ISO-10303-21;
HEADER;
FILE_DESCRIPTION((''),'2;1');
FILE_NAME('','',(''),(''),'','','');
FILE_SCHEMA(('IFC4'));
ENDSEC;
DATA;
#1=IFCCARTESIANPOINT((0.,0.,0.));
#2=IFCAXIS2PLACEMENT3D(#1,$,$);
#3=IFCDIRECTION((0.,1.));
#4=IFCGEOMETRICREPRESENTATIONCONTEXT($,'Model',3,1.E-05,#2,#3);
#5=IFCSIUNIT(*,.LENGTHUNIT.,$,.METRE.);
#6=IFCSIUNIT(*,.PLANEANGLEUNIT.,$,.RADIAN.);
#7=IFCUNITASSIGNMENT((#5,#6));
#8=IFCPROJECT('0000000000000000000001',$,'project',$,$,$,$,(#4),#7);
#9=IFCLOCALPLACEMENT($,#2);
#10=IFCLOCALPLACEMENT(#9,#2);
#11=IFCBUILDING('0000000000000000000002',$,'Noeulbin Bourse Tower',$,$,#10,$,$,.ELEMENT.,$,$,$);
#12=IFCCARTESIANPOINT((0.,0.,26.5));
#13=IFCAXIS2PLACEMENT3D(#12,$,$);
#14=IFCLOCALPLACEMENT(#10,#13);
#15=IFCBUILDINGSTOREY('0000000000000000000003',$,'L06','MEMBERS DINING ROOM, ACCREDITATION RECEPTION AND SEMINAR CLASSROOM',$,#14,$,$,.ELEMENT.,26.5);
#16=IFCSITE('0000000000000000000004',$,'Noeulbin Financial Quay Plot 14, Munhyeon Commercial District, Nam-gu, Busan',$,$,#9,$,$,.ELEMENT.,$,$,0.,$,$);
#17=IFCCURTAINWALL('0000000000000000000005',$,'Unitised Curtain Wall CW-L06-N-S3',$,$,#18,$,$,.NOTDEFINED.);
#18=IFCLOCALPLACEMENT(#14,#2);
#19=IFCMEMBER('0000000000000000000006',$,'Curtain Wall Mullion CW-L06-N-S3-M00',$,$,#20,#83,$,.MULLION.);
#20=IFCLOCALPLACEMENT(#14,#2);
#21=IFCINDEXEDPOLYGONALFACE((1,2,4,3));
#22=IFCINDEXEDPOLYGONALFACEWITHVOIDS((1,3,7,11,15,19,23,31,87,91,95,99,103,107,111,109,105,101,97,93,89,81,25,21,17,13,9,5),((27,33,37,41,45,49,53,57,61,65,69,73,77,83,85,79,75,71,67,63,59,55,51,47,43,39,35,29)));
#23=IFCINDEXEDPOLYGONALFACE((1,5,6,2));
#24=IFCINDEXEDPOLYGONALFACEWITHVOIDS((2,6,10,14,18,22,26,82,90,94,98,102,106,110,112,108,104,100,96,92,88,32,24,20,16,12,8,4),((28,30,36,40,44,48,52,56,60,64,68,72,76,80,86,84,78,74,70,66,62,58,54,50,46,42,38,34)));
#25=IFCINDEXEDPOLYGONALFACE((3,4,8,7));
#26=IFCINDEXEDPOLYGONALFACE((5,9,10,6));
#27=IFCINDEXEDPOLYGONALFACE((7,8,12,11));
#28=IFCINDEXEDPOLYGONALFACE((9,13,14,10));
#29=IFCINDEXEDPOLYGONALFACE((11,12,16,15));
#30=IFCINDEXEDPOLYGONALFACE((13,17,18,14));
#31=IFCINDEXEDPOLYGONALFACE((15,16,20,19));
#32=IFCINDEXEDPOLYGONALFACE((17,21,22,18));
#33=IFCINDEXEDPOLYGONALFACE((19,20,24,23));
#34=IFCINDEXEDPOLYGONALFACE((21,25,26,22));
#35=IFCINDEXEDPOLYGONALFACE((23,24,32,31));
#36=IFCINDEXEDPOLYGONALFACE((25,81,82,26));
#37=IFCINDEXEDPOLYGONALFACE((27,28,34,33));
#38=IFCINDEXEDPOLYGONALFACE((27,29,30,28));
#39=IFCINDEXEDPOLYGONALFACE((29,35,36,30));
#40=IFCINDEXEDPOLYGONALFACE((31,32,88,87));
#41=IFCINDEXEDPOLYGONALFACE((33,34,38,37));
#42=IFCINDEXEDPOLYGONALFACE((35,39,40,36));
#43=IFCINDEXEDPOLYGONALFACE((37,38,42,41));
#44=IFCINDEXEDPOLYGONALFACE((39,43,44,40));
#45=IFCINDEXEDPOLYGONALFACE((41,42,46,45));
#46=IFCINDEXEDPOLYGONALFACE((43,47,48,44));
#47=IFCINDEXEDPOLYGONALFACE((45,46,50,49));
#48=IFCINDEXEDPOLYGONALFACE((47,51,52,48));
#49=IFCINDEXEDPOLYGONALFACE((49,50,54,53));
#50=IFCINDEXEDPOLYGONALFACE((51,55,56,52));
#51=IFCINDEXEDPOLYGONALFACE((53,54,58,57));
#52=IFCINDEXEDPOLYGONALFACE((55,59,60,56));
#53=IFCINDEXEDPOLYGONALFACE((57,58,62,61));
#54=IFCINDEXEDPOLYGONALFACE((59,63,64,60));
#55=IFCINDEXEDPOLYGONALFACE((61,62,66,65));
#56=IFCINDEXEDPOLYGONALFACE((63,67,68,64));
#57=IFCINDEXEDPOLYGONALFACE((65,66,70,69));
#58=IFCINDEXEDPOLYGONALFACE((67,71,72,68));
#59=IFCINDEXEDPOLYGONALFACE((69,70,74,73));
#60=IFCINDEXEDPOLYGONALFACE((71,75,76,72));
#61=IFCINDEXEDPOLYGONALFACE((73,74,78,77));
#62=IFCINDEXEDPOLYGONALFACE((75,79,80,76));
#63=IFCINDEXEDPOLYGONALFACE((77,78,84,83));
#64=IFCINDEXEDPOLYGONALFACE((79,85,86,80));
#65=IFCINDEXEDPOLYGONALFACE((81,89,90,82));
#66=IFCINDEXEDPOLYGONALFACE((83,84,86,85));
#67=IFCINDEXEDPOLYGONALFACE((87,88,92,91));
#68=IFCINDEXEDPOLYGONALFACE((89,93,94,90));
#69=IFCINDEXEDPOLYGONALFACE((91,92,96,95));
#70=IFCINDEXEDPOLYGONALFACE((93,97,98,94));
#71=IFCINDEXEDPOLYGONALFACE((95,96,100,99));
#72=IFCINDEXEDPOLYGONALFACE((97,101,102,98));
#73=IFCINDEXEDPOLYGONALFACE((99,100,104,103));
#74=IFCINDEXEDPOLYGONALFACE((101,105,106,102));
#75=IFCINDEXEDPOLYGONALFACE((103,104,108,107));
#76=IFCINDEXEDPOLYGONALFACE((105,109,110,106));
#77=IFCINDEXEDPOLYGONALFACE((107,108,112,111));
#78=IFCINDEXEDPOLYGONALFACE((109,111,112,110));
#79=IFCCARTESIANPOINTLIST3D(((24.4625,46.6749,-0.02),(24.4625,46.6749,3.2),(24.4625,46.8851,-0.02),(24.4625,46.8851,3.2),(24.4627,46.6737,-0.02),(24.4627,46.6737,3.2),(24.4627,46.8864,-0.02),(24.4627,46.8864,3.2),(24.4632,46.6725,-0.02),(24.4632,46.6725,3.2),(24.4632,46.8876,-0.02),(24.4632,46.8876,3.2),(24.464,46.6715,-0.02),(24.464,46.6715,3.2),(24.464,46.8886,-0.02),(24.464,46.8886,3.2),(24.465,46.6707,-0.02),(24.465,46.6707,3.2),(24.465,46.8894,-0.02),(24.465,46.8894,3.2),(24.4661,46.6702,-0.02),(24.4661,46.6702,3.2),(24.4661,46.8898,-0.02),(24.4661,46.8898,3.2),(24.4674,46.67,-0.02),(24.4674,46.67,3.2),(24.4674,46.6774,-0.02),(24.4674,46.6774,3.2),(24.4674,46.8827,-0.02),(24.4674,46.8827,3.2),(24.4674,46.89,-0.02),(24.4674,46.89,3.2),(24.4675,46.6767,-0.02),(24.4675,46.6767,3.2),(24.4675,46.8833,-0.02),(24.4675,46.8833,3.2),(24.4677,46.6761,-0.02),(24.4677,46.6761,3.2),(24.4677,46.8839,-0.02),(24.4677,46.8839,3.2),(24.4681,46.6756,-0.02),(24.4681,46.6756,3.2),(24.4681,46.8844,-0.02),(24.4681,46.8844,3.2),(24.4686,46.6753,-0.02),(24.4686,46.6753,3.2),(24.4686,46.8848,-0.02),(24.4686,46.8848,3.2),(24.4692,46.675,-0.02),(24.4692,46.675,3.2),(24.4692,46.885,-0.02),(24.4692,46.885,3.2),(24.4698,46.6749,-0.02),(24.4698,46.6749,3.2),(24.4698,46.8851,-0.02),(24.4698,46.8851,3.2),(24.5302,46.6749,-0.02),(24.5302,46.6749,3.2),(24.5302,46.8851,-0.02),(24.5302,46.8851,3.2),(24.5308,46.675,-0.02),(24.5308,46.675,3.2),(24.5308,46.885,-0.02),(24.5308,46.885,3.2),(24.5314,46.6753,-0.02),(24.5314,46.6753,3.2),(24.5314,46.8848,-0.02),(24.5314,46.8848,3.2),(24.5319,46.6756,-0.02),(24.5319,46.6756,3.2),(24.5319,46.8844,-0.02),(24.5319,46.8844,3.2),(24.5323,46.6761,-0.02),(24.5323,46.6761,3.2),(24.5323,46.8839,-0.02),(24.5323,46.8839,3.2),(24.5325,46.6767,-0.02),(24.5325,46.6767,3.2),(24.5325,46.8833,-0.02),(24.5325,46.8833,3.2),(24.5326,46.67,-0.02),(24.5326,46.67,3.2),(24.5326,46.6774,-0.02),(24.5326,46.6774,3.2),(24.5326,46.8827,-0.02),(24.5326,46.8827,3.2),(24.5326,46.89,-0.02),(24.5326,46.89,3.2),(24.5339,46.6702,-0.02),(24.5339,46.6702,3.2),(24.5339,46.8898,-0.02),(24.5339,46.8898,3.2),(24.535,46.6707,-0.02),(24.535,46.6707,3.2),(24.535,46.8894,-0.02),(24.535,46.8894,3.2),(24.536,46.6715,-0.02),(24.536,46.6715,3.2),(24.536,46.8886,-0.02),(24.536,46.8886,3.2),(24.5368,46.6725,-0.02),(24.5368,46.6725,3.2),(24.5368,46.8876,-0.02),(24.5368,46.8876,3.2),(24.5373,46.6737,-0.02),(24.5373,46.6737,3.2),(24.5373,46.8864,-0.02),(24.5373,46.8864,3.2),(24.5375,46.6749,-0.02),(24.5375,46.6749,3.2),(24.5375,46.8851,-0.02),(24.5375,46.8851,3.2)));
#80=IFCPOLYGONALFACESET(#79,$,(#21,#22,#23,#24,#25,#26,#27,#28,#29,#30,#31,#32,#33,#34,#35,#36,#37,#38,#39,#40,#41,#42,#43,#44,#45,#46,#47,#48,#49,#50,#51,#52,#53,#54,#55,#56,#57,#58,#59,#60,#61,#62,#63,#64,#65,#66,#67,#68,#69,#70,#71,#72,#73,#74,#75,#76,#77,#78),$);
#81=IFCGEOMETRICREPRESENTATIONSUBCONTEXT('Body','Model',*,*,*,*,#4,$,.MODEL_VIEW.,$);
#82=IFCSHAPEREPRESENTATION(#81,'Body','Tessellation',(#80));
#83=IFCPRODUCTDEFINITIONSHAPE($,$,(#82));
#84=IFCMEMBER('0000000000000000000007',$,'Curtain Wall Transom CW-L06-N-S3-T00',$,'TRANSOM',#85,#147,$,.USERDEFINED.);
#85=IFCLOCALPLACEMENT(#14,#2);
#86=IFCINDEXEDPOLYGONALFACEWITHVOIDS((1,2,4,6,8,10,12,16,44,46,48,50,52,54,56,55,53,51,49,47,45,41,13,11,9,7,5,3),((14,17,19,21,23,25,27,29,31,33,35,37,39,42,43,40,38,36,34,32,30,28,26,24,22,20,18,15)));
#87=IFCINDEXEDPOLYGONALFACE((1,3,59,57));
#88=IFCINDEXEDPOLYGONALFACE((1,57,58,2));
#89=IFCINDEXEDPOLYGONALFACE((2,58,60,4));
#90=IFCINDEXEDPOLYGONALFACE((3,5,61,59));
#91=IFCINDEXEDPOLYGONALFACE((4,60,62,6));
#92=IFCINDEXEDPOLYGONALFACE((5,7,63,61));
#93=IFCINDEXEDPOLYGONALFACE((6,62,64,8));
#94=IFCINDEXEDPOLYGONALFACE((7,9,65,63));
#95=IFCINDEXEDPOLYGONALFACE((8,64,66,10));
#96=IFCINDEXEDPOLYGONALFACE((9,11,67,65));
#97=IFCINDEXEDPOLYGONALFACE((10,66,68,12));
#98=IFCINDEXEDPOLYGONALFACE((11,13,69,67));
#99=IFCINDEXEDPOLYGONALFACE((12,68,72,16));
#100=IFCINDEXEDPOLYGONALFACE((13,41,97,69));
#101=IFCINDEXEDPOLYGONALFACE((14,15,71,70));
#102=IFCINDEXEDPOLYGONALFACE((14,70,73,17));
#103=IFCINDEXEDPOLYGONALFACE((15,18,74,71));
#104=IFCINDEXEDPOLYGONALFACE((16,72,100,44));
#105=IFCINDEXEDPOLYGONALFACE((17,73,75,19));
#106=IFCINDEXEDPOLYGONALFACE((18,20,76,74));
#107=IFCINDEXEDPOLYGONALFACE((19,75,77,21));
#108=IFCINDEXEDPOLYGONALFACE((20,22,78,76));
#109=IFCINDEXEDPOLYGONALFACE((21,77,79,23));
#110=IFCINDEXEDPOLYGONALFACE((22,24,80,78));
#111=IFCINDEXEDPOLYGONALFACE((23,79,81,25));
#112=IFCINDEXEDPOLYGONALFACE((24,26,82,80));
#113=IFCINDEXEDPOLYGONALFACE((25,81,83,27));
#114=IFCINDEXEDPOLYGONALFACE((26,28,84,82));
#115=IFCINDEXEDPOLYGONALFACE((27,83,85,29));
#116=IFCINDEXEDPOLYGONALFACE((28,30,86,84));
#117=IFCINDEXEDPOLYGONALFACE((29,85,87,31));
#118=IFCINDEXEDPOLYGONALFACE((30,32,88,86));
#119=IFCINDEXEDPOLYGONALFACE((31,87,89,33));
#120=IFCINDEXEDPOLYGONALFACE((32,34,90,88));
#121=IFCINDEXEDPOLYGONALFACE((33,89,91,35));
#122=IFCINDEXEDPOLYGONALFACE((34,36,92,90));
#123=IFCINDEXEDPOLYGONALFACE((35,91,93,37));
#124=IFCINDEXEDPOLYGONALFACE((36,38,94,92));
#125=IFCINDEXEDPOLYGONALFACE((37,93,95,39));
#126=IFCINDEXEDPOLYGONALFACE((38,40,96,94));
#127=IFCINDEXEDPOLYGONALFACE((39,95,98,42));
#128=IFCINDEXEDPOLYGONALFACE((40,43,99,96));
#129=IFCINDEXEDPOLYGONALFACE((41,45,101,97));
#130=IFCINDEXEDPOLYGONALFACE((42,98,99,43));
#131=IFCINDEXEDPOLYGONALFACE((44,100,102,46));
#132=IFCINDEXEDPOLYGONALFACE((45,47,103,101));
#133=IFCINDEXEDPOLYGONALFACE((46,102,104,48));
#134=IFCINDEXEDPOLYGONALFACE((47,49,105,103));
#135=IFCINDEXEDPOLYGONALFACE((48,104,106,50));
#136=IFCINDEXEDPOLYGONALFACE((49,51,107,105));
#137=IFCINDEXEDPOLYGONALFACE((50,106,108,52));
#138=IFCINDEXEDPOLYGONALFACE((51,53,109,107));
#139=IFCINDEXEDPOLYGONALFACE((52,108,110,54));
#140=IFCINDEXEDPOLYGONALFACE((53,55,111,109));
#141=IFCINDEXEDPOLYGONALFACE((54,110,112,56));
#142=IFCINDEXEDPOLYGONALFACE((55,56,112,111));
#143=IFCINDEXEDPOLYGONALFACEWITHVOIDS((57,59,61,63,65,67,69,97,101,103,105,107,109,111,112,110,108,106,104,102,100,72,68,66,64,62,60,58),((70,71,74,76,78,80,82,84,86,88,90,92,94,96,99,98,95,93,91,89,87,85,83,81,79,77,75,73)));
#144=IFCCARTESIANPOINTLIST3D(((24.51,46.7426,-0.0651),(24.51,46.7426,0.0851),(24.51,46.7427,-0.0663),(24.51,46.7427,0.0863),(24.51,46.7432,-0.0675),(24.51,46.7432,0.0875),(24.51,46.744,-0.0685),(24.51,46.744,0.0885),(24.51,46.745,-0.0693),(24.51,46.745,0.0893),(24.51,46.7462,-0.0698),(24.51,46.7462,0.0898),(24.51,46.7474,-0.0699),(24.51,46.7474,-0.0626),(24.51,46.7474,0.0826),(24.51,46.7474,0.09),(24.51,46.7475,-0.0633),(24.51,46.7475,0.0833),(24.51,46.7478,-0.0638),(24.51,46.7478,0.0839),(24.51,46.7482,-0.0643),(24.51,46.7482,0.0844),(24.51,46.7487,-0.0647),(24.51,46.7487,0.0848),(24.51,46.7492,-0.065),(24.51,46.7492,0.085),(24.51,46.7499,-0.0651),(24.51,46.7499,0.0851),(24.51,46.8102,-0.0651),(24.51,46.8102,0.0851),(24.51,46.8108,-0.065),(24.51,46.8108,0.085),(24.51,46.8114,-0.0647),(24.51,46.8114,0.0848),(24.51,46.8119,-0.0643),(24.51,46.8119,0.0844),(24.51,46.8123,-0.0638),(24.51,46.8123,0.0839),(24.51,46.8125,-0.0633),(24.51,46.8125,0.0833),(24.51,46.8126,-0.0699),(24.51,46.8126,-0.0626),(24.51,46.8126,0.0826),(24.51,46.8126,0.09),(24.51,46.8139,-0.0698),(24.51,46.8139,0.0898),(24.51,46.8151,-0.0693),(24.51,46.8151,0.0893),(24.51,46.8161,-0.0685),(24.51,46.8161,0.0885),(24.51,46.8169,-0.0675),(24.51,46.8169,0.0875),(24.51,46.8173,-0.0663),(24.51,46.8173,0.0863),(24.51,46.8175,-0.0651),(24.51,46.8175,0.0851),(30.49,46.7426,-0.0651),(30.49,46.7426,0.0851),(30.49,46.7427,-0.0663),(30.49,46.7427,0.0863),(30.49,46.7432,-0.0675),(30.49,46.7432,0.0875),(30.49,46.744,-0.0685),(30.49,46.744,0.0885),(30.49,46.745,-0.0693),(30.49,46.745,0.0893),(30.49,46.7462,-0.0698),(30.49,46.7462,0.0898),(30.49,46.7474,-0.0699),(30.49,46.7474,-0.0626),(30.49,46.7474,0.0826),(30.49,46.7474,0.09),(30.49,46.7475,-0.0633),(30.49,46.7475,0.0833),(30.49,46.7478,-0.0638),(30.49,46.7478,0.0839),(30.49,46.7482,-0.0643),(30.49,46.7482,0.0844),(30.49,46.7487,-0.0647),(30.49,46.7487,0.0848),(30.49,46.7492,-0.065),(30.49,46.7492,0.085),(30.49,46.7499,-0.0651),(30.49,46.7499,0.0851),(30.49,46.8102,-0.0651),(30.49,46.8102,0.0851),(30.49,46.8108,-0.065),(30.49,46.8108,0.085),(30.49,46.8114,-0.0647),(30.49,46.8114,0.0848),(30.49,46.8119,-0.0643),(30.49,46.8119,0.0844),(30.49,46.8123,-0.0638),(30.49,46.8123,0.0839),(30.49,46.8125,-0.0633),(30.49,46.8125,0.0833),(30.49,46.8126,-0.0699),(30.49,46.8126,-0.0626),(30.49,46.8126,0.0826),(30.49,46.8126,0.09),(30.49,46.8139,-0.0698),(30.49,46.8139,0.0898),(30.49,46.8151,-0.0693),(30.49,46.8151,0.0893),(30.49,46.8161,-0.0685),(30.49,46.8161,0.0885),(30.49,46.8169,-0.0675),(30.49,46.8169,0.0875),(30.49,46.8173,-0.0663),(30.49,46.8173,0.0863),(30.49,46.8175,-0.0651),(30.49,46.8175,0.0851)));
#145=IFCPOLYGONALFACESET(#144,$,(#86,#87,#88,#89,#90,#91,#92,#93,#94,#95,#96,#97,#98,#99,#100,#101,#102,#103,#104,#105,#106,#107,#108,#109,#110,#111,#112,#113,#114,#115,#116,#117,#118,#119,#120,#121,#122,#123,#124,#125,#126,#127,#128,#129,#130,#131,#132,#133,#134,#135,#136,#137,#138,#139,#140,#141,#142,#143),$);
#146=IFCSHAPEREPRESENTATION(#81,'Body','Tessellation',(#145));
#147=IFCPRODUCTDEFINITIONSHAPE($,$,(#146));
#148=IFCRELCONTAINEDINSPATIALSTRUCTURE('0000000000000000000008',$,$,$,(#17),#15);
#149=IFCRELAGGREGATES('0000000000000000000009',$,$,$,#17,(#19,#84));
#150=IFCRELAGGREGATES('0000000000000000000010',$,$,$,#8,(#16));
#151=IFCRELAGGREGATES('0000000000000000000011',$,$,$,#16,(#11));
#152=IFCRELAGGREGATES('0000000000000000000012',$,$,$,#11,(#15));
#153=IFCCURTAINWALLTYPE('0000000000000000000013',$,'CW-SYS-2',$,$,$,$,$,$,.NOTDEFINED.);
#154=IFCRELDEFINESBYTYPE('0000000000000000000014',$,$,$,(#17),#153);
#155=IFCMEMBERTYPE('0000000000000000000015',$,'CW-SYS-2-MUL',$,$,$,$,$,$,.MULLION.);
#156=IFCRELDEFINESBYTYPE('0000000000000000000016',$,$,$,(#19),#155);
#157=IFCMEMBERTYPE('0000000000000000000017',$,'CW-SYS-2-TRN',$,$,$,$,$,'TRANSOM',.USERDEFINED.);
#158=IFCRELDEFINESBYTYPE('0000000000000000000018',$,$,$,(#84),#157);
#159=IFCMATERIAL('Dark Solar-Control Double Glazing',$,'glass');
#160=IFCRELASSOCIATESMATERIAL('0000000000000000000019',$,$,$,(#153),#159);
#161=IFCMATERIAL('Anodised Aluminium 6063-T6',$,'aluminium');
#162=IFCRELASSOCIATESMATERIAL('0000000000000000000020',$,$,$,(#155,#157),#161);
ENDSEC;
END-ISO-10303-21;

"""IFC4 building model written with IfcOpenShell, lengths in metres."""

from ifc_helpers import new_model, si_unit, direction, frame, origin, origin_2d, place, context, subcontext, project, spatial, hollow_rectangle, extrude, material, material_profile, profile_set, type_object, element, aggregate, save


model = new_model("IFC4")

# Units and contexts
model_context = context("Model", 3, precision=1e-05, world=origin(), true_north=direction((0.0, 1.0)))
body_context = subcontext(model_context, "Body", "Model", "MODEL_VIEW")
ifc_project = project(units=[si_unit("LENGTHUNIT", "METRE"), si_unit("PLANEANGLEUNIT", "RADIAN")], contexts=[model_context])

# Site, building, storey
site_placement = place(None, origin())
site = spatial("IfcSite", under=ifc_project, at=site_placement, Name="Noeulbin Financial Quay Plot 14, Munhyeon Commercial District, Nam-gu, Busan", CompositionType="ELEMENT", RefElevation=0.0)
building_placement = place(site_placement, origin())
building = spatial("IfcBuilding", under=site, at=building_placement, Name="Noeulbin Bourse Tower", CompositionType="ELEMENT")
storey_placement = place(building_placement, frame((0.0, 0.0, 26.5)))
storey = spatial("IfcBuildingStorey", under=building, at=storey_placement, Name="L06", Description="MEMBERS DINING ROOM, ACCREDITATION RECEPTION AND SEMINAR CLASSROOM", CompositionType="ELEMENT", Elevation=26.5)

# Curtain wall, members
ifc_material_1 = material(Name="Dark Solar-Control Double Glazing", Category="glass")
curtain_wall_type = type_object("IfcCurtainWallType", Name="CW-SYS-2", PredefinedType="NOTDEFINED", material=ifc_material_1)
ifc_material_2 = material(Name="Anodised Aluminium 6063-T6", Category="aluminium")
ifc_material_profile_1 = material_profile(ifc_material_2, hollow_rectangle(XDim=0.075, YDim=0.22, WallThickness=0.0049, InnerFilletRadius=0.0024, OuterFilletRadius=0.0049, at=origin_2d()), Name="ALU-MULL-75x220x5", Category="LoadBearing")
ifc_profile_set_1 = profile_set([ifc_material_profile_1], Name="Anodised Aluminium 6063-T6")
member_type_1 = type_object("IfcMemberType", Name="CW-SYS-2-MUL", PredefinedType="MULLION", material=ifc_profile_set_1)
curtain_wall_1_placement = place(storey_placement, origin())
curtain_wall_1 = element("IfcCurtainWall", 1, at=curtain_wall_1_placement, inside=storey, type_object=curtain_wall_type, Name="Unitised Curtain Wall CW-L06-N-S3", PredefinedType="NOTDEFINED")
member_1_placement = place(storey_placement, frame((24.5, 46.78, -0.02), z_axis=(0.0, 0.0, 1.0), x_axis=(1.0, 0.0, 0.0)))
member_1 = element("IfcMember", 2, at=member_1_placement, type_object=member_type_1, Name="Curtain Wall Mullion CW-L06-N-S3-M00", PredefinedType="MULLION", context=body_context, shape_type="SweptSolid", body=[
    extrude(hollow_rectangle(XDim=0.075, YDim=0.22, WallThickness=0.0049, InnerFilletRadius=0.0024, OuterFilletRadius=0.0049, at=origin_2d()), origin(), (0.0, 0.0, 1.0), 3.22),
])
ifc_material_profile_2 = material_profile(ifc_material_2, hollow_rectangle(XDim=0.075, YDim=0.1599, WallThickness=0.0049, InnerFilletRadius=0.0024, OuterFilletRadius=0.0049, at=origin_2d()), Name="ALU-TRAN-75x160x5", Category="LoadBearing")
ifc_profile_set_2 = profile_set([ifc_material_profile_2], Name="Anodised Aluminium 6063-T6")
member_type_2 = type_object("IfcMemberType", Name="CW-SYS-2-TRN", ElementType="TRANSOM", PredefinedType="USERDEFINED", material=ifc_profile_set_2)
member_2_placement = place(storey_placement, frame((24.51, 46.78, 0.01), z_axis=(1.0, 0.0, 0.0), x_axis=(0.0, 1.0, 0.0)))
member_2 = element("IfcMember", 3, at=member_2_placement, type_object=member_type_2, Name="Curtain Wall Transom CW-L06-N-S3-T00", ObjectType="TRANSOM", PredefinedType="USERDEFINED", context=body_context, shape_type="SweptSolid", body=[
    extrude(hollow_rectangle(XDim=0.075, YDim=0.1599, WallThickness=0.0049, InnerFilletRadius=0.0024, OuterFilletRadius=0.0049, at=origin_2d()), origin(), (0.0, 0.0, 1.0), 5.98),
])

aggregate(curtain_wall_1, [member_1, member_2])

save(model, "model.ifc")
